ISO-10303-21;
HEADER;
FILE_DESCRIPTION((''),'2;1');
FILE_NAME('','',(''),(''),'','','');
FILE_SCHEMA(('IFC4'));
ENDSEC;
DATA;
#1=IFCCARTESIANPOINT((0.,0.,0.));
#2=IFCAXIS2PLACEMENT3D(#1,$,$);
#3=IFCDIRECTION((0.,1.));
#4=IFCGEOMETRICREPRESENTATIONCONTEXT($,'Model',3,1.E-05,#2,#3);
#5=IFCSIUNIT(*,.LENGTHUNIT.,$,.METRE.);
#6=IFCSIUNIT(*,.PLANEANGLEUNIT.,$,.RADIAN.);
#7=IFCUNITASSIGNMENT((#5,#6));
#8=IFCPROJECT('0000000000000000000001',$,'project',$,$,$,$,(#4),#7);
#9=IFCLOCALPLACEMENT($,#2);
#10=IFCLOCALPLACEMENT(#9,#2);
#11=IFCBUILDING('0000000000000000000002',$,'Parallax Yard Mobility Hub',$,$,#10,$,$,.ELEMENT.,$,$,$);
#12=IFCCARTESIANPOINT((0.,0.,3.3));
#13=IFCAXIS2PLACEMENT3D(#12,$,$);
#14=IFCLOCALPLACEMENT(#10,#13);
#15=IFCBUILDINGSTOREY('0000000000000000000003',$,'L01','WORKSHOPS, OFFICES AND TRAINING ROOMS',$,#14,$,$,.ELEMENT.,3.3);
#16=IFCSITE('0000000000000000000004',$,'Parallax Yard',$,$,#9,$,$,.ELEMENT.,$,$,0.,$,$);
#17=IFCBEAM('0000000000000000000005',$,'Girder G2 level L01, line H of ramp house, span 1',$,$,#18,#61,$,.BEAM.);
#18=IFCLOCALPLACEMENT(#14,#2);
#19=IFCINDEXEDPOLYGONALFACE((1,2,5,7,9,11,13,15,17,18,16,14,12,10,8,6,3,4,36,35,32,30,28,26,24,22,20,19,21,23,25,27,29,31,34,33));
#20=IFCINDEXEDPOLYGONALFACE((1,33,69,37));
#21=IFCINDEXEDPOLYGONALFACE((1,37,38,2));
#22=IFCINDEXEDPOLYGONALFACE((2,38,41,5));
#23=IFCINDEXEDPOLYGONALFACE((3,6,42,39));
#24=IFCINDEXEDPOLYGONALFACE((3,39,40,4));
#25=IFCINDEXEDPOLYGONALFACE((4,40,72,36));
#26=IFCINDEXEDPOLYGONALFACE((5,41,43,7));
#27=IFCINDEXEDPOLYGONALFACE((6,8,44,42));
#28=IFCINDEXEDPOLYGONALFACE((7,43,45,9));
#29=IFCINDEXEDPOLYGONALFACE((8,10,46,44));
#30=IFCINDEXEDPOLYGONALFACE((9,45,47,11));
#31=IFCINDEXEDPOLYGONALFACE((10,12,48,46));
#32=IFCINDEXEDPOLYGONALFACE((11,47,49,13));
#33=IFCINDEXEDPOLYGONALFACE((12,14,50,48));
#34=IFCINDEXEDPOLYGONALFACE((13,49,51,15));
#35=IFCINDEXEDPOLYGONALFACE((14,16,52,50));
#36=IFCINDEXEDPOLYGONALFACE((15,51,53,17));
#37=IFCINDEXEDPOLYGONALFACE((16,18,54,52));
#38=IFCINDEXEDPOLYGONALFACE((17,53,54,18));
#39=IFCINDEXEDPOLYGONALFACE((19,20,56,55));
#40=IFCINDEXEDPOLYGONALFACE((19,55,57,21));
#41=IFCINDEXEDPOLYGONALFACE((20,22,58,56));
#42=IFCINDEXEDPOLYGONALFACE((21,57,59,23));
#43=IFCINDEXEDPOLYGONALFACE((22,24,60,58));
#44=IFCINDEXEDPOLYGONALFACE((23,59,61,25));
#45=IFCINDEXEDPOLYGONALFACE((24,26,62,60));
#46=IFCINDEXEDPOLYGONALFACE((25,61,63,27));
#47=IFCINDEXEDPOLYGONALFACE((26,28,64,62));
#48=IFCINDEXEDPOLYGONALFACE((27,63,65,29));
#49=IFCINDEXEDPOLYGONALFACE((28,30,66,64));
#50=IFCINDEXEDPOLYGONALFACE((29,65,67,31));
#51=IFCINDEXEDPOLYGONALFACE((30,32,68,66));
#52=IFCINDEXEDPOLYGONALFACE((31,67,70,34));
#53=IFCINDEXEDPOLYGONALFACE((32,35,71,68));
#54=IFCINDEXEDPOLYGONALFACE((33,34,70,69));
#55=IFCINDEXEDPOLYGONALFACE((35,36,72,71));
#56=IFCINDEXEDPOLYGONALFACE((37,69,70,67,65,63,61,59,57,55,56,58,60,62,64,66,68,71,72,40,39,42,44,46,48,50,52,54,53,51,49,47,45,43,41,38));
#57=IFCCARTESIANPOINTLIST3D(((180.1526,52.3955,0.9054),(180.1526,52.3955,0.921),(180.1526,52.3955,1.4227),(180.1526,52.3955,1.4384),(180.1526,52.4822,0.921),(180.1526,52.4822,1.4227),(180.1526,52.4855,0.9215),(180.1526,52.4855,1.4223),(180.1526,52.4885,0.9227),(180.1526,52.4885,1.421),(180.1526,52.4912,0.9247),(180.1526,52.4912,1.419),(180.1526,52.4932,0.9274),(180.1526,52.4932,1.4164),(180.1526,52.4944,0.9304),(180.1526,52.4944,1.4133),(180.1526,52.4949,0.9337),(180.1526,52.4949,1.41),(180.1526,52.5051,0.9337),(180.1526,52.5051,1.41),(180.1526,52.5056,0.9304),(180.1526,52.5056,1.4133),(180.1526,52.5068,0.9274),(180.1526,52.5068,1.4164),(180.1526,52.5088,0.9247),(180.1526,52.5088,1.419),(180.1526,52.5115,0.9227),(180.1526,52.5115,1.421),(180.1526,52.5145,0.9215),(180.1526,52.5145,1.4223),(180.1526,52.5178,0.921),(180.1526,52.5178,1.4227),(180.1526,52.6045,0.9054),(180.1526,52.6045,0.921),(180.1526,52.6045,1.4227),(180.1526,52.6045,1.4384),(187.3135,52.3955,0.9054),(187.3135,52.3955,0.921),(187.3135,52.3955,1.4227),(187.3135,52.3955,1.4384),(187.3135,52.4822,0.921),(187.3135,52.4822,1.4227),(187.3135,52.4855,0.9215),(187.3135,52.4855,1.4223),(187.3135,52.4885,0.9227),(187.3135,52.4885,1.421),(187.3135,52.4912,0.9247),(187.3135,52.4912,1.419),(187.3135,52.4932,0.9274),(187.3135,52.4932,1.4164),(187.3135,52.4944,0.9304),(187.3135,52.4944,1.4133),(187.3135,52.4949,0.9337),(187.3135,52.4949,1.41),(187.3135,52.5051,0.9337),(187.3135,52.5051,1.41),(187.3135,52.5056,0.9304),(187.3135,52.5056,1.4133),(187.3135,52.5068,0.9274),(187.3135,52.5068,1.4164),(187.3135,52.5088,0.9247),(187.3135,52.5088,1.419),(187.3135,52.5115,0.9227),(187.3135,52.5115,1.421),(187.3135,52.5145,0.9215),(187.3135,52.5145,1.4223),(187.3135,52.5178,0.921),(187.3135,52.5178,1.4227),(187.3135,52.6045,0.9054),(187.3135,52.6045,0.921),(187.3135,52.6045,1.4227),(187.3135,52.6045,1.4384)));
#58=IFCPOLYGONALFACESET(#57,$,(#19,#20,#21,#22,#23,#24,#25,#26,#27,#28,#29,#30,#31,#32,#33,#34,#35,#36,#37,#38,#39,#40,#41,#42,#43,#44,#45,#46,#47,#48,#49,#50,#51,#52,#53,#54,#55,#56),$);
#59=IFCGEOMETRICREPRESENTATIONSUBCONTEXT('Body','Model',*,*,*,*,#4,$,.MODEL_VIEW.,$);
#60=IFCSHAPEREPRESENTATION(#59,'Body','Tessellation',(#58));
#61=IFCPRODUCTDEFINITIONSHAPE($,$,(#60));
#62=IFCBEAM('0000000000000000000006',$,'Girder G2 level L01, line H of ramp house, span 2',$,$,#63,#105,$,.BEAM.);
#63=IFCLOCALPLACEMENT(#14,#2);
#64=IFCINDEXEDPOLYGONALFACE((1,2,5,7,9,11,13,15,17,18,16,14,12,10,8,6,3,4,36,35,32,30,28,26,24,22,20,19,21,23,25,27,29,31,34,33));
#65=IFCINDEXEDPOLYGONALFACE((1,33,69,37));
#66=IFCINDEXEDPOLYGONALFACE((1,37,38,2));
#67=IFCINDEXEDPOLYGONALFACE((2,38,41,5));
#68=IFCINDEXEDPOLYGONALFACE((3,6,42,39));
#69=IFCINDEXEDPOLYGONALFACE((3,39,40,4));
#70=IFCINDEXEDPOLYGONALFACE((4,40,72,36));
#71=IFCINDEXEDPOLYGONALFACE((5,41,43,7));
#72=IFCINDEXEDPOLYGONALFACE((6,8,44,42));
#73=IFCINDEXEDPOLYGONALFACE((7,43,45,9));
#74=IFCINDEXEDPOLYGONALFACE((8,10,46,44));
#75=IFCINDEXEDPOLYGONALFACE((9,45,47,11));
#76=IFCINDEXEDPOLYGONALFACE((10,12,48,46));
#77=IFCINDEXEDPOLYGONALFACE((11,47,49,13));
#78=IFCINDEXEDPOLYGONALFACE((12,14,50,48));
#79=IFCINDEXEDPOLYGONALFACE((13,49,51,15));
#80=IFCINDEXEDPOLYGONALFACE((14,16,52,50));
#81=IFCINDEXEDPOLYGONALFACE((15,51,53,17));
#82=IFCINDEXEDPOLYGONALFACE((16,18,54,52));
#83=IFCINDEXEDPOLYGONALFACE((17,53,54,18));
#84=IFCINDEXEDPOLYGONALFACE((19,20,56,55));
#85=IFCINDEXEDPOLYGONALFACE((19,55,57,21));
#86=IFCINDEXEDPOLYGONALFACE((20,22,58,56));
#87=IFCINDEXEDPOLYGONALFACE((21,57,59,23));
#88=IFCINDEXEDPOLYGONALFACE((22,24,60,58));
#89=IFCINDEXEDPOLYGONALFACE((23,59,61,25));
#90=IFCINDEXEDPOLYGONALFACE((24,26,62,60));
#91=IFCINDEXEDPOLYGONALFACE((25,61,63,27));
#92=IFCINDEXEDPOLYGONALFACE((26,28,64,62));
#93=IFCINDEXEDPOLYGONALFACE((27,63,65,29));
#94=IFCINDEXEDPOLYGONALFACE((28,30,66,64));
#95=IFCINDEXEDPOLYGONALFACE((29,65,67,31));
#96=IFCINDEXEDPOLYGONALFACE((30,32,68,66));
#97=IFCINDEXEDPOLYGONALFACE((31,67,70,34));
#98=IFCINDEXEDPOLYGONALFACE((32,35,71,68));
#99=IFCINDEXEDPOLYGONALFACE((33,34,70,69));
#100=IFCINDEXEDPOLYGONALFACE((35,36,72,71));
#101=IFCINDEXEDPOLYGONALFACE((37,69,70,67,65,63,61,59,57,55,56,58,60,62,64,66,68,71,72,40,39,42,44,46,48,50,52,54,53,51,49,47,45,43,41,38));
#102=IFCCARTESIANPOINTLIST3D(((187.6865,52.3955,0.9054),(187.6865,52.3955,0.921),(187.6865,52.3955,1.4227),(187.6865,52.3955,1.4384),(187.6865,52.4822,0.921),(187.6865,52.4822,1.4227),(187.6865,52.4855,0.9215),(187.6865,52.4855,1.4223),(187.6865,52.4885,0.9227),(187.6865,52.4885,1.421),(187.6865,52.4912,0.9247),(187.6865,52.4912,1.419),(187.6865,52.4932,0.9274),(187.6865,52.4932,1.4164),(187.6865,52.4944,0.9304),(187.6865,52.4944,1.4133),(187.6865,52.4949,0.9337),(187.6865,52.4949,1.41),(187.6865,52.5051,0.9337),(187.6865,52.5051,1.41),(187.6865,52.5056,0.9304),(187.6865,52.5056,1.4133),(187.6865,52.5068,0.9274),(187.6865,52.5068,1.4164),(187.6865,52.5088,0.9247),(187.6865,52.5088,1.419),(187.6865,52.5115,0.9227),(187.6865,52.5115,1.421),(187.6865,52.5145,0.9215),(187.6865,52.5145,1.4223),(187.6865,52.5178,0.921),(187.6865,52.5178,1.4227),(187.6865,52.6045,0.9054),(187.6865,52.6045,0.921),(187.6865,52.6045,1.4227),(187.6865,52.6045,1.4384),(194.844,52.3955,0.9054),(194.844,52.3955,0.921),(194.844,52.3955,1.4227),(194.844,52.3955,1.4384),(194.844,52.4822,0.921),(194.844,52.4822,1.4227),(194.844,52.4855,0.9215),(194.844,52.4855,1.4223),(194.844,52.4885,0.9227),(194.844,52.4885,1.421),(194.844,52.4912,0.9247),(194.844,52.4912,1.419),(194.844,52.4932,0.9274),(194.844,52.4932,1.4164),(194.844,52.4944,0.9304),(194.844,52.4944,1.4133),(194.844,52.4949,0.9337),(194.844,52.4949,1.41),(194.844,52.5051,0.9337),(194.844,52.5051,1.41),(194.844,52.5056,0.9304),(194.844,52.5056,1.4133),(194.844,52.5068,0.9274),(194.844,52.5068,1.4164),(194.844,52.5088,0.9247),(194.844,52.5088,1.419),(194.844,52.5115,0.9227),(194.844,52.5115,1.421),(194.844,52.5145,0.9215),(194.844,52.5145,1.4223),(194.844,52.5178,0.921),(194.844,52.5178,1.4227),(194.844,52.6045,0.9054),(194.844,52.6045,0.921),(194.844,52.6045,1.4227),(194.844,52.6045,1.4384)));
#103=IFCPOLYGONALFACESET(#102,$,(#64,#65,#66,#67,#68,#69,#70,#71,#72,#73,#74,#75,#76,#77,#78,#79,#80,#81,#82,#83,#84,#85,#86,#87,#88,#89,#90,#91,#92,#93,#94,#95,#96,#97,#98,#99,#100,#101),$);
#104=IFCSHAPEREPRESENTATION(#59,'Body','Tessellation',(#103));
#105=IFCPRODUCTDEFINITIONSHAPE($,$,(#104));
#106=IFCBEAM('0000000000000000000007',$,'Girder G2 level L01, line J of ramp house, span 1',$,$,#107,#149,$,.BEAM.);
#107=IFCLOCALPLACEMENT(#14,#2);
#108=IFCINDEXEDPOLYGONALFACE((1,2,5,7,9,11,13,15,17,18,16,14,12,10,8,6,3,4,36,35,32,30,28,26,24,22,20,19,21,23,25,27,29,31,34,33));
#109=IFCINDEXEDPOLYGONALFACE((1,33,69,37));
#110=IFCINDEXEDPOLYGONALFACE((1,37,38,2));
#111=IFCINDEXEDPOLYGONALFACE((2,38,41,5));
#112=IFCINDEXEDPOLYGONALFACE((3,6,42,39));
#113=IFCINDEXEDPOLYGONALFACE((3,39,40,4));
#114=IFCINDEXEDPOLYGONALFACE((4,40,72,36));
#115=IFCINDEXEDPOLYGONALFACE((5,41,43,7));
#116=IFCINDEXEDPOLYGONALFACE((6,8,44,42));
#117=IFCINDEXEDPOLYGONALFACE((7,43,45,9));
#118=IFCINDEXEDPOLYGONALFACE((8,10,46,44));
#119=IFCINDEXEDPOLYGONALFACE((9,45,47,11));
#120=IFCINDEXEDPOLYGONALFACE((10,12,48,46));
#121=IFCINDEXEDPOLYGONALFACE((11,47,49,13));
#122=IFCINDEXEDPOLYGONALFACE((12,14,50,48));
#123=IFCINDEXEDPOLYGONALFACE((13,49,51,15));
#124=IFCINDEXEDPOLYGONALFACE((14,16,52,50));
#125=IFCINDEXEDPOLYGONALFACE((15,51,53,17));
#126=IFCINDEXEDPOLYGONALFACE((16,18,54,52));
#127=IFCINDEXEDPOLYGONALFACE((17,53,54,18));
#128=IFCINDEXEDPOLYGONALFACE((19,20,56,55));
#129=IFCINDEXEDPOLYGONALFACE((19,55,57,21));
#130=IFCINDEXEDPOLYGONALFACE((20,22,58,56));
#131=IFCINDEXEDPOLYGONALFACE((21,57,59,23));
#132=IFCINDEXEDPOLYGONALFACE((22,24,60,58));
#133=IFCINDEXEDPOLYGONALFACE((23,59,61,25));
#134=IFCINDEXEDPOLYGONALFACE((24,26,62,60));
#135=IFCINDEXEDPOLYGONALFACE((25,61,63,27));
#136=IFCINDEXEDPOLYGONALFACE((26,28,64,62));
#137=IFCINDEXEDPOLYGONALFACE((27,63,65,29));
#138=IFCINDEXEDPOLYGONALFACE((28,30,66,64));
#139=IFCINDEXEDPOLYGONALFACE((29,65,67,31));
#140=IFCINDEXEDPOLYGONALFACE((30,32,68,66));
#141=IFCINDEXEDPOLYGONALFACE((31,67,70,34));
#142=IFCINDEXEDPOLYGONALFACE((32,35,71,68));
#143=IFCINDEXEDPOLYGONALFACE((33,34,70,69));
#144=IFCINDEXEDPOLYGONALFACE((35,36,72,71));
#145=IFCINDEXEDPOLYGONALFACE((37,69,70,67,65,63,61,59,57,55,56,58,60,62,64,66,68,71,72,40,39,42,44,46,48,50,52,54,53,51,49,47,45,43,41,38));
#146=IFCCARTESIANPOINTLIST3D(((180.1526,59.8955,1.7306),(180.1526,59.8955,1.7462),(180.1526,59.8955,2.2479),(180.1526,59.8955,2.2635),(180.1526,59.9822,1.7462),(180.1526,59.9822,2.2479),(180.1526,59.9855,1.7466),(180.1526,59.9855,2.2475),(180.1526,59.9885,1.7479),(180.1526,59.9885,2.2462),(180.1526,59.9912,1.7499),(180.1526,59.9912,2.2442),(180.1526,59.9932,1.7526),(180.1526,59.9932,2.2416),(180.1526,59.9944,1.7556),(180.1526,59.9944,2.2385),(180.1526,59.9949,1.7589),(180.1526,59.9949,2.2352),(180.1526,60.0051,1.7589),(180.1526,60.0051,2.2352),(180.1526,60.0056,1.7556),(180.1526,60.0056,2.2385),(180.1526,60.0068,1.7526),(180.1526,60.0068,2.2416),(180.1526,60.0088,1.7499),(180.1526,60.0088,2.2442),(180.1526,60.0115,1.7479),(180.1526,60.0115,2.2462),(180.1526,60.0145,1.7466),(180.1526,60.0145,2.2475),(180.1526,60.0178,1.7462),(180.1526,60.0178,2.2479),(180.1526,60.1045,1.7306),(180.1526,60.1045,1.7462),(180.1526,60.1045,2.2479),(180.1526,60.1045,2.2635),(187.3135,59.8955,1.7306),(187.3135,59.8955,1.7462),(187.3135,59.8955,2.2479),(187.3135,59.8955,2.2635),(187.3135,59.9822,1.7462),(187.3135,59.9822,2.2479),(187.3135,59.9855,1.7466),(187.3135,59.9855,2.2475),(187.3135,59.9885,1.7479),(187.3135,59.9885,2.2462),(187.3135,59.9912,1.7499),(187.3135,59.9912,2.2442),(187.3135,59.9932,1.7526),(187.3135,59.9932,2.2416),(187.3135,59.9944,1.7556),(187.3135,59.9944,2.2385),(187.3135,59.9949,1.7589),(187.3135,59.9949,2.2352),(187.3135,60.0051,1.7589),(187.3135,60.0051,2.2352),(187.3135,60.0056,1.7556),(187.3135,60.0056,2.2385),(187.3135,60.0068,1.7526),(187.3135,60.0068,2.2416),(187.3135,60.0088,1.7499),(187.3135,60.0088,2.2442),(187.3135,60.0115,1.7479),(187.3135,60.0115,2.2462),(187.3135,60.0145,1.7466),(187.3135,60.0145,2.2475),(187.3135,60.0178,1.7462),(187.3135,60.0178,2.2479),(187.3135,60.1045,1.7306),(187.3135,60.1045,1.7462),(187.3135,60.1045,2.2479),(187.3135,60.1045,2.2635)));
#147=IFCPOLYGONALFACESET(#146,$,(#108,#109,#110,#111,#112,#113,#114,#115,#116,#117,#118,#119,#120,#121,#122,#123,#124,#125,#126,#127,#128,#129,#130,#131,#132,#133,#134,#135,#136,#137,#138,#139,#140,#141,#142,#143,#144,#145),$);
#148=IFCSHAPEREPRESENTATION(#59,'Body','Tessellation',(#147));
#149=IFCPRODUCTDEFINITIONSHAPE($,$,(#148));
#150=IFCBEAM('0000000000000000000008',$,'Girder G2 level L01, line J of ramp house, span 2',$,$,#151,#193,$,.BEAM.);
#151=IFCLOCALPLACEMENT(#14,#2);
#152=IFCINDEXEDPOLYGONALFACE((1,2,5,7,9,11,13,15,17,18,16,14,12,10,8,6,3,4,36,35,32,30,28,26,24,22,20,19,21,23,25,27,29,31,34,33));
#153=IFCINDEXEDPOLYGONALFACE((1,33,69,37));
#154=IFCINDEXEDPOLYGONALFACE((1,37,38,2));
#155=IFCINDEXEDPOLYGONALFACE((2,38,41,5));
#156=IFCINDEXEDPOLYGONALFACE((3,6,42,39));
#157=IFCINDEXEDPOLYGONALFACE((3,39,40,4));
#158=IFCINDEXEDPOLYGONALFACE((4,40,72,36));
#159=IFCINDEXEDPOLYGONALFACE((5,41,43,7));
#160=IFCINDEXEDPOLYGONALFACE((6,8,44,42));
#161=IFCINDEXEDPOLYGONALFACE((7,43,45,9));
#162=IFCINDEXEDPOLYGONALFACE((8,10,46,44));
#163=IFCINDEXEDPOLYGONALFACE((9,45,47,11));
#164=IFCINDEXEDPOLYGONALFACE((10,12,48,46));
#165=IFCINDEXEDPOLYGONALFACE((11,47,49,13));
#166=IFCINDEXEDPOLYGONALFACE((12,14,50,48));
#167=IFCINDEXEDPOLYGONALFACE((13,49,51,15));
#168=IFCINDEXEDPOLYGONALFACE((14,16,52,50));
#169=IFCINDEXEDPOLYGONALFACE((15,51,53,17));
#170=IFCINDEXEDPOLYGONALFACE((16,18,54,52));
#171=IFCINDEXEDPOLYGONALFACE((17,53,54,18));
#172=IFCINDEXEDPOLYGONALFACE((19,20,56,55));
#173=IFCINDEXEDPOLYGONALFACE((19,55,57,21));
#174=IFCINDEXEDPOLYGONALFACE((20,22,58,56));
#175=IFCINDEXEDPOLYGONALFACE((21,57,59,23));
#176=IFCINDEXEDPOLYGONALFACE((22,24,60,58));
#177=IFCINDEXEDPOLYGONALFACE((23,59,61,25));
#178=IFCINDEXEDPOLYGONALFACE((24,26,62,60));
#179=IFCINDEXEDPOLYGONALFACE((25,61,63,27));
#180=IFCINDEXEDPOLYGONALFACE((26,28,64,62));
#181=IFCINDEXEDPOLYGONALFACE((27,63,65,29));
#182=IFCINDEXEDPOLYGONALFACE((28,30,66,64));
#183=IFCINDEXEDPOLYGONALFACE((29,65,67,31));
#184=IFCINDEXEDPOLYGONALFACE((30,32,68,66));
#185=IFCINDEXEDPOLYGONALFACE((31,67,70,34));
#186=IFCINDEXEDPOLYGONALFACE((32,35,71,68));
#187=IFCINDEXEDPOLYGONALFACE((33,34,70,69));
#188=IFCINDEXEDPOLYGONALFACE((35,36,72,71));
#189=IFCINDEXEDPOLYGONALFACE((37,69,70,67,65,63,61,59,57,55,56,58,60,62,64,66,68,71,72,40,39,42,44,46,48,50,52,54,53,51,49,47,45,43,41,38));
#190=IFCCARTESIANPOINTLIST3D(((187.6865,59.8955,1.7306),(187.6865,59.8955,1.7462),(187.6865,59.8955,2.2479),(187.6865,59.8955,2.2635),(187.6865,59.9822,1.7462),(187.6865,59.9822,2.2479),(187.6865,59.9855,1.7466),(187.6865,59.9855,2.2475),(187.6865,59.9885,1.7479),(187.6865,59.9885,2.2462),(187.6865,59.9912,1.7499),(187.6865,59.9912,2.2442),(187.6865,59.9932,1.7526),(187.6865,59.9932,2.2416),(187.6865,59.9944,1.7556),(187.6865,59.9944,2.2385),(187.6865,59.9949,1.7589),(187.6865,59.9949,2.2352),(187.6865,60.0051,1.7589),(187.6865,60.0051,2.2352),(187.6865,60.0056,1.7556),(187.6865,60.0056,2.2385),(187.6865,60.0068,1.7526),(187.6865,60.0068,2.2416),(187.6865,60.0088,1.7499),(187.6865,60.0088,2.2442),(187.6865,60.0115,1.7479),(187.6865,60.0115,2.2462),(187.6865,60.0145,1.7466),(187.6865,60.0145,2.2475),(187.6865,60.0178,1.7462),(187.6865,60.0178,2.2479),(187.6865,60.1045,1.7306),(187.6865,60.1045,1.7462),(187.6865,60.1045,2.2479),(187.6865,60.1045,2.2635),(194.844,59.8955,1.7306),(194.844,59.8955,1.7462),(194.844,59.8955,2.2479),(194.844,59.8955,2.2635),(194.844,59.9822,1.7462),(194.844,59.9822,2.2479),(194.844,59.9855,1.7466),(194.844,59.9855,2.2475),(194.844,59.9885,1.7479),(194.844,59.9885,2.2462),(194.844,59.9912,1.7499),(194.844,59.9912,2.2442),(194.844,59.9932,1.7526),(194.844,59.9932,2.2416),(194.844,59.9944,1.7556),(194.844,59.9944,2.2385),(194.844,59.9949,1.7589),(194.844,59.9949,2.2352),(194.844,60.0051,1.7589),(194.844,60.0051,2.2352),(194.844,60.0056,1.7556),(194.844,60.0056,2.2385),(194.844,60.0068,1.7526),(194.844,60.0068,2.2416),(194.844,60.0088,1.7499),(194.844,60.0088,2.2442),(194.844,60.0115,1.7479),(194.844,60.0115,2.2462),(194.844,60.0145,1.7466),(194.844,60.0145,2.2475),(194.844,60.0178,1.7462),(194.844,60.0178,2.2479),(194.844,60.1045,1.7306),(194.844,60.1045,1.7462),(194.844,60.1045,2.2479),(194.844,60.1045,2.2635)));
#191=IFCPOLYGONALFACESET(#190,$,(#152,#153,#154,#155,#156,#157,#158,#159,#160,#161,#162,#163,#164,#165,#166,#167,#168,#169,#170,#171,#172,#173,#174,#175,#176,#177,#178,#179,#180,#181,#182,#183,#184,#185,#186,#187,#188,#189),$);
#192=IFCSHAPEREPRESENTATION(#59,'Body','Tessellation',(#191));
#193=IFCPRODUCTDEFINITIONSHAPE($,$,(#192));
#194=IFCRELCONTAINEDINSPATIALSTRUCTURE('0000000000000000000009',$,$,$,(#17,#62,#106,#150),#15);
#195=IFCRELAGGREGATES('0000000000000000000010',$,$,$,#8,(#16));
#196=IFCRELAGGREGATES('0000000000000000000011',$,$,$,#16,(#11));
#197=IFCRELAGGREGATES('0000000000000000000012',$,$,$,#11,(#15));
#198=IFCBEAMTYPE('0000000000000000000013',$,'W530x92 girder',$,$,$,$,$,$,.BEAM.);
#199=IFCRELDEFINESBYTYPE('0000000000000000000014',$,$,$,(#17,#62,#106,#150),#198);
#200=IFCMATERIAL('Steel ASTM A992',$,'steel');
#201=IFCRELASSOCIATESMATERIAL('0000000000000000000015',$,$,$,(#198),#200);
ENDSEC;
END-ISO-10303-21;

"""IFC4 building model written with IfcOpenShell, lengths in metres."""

from ifc_helpers import new_model, si_unit, direction, frame, origin, origin_2d, place, context, subcontext, project, spatial, i_section, extrude, material, material_profile, profile_set, type_object, element, save


model = new_model("IFC4")

# Units and contexts
model_context = context("Model", 3, precision=1e-05, world=origin(), true_north=direction((0.0, 1.0)))
body_context = subcontext(model_context, "Body", "Model", "MODEL_VIEW")
ifc_project = project(units=[si_unit("LENGTHUNIT", "METRE"), si_unit("PLANEANGLEUNIT", "RADIAN")], contexts=[model_context])

# Site, building, storey
site_placement = place(None, origin())
site = spatial("IfcSite", under=ifc_project, at=site_placement, Name="Parallax Yard", CompositionType="ELEMENT", RefElevation=0.0)
building_placement = place(site_placement, origin())
building = spatial("IfcBuilding", under=site, at=building_placement, Name="Parallax Yard Mobility Hub", CompositionType="ELEMENT")
storey_placement = place(building_placement, frame((0.0, 0.0, 3.3)))
storey = spatial("IfcBuildingStorey", under=building, at=storey_placement, Name="L01", Description="WORKSHOPS, OFFICES AND TRAINING ROOMS", CompositionType="ELEMENT", Elevation=3.3)

# Shared definitions
ifc_material_1 = material(Name="Steel ASTM A992", Category="steel")

# Beams
ifc_material_profile_1 = material_profile(ifc_material_1, i_section(OverallWidth=0.209, OverallDepth=0.533, WebThickness=0.0103, FlangeThickness=0.0156, FilletRadius=0.0127, at=origin_2d()), Name="W530x92")
ifc_profile_set_1 = profile_set([ifc_material_profile_1], Name="Steel ASTM A992")
beam_type_1 = type_object("IfcBeamType", Name="W530x92 girder", PredefinedType="BEAM", material=ifc_profile_set_1)
beam_1_placement = place(storey_placement, frame((180.1526, 52.5, 1.1719), z_axis=(1.0, 0.0, 0.0), x_axis=(0.0, 1.0, 0.0)))
element("IfcBeam", 1, at=beam_1_placement, inside=storey, type_object=beam_type_1, Name="Girder G2 level L01, line H of ramp house, span 1", PredefinedType="BEAM", context=body_context, shape_type="SweptSolid", body=[
    extrude(i_section(OverallWidth=0.209, OverallDepth=0.533, WebThickness=0.0103, FlangeThickness=0.0156, FilletRadius=0.0127, at=origin_2d()), origin(), (0.0, 0.0, 1.0), 7.1609),
])
beam_2_placement = place(storey_placement, frame((187.6865, 52.5, 1.1719), z_axis=(1.0, 0.0, 0.0), x_axis=(0.0, 1.0, 0.0)))
element("IfcBeam", 2, at=beam_2_placement, inside=storey, type_object=beam_type_1, Name="Girder G2 level L01, line H of ramp house, span 2", PredefinedType="BEAM", context=body_context, shape_type="SweptSolid", body=[
    extrude(i_section(OverallWidth=0.209, OverallDepth=0.533, WebThickness=0.0103, FlangeThickness=0.0156, FilletRadius=0.0127, at=origin_2d()), origin(), (0.0, 0.0, 1.0), 7.1575),
])
beam_3_placement = place(storey_placement, frame((180.1526, 60.0, 1.9971), z_axis=(1.0, 0.0, 0.0), x_axis=(0.0, 1.0, 0.0)))
element("IfcBeam", 3, at=beam_3_placement, inside=storey, type_object=beam_type_1, Name="Girder G2 level L01, line J of ramp house, span 1", PredefinedType="BEAM", context=body_context, shape_type="SweptSolid", body=[
    extrude(i_section(OverallWidth=0.209, OverallDepth=0.533, WebThickness=0.0103, FlangeThickness=0.0156, FilletRadius=0.0127, at=origin_2d()), origin(), (0.0, 0.0, 1.0), 7.1609),
])
beam_4_placement = place(storey_placement, frame((187.6865, 60.0, 1.9971), z_axis=(1.0, 0.0, 0.0), x_axis=(0.0, 1.0, 0.0)))
element("IfcBeam", 4, at=beam_4_placement, inside=storey, type_object=beam_type_1, Name="Girder G2 level L01, line J of ramp house, span 2", PredefinedType="BEAM", context=body_context, shape_type="SweptSolid", body=[
    extrude(i_section(OverallWidth=0.209, OverallDepth=0.533, WebThickness=0.0103, FlangeThickness=0.0156, FilletRadius=0.0127, at=origin_2d()), origin(), (0.0, 0.0, 1.0), 7.1575),
])

save(model, "model.ifc")
